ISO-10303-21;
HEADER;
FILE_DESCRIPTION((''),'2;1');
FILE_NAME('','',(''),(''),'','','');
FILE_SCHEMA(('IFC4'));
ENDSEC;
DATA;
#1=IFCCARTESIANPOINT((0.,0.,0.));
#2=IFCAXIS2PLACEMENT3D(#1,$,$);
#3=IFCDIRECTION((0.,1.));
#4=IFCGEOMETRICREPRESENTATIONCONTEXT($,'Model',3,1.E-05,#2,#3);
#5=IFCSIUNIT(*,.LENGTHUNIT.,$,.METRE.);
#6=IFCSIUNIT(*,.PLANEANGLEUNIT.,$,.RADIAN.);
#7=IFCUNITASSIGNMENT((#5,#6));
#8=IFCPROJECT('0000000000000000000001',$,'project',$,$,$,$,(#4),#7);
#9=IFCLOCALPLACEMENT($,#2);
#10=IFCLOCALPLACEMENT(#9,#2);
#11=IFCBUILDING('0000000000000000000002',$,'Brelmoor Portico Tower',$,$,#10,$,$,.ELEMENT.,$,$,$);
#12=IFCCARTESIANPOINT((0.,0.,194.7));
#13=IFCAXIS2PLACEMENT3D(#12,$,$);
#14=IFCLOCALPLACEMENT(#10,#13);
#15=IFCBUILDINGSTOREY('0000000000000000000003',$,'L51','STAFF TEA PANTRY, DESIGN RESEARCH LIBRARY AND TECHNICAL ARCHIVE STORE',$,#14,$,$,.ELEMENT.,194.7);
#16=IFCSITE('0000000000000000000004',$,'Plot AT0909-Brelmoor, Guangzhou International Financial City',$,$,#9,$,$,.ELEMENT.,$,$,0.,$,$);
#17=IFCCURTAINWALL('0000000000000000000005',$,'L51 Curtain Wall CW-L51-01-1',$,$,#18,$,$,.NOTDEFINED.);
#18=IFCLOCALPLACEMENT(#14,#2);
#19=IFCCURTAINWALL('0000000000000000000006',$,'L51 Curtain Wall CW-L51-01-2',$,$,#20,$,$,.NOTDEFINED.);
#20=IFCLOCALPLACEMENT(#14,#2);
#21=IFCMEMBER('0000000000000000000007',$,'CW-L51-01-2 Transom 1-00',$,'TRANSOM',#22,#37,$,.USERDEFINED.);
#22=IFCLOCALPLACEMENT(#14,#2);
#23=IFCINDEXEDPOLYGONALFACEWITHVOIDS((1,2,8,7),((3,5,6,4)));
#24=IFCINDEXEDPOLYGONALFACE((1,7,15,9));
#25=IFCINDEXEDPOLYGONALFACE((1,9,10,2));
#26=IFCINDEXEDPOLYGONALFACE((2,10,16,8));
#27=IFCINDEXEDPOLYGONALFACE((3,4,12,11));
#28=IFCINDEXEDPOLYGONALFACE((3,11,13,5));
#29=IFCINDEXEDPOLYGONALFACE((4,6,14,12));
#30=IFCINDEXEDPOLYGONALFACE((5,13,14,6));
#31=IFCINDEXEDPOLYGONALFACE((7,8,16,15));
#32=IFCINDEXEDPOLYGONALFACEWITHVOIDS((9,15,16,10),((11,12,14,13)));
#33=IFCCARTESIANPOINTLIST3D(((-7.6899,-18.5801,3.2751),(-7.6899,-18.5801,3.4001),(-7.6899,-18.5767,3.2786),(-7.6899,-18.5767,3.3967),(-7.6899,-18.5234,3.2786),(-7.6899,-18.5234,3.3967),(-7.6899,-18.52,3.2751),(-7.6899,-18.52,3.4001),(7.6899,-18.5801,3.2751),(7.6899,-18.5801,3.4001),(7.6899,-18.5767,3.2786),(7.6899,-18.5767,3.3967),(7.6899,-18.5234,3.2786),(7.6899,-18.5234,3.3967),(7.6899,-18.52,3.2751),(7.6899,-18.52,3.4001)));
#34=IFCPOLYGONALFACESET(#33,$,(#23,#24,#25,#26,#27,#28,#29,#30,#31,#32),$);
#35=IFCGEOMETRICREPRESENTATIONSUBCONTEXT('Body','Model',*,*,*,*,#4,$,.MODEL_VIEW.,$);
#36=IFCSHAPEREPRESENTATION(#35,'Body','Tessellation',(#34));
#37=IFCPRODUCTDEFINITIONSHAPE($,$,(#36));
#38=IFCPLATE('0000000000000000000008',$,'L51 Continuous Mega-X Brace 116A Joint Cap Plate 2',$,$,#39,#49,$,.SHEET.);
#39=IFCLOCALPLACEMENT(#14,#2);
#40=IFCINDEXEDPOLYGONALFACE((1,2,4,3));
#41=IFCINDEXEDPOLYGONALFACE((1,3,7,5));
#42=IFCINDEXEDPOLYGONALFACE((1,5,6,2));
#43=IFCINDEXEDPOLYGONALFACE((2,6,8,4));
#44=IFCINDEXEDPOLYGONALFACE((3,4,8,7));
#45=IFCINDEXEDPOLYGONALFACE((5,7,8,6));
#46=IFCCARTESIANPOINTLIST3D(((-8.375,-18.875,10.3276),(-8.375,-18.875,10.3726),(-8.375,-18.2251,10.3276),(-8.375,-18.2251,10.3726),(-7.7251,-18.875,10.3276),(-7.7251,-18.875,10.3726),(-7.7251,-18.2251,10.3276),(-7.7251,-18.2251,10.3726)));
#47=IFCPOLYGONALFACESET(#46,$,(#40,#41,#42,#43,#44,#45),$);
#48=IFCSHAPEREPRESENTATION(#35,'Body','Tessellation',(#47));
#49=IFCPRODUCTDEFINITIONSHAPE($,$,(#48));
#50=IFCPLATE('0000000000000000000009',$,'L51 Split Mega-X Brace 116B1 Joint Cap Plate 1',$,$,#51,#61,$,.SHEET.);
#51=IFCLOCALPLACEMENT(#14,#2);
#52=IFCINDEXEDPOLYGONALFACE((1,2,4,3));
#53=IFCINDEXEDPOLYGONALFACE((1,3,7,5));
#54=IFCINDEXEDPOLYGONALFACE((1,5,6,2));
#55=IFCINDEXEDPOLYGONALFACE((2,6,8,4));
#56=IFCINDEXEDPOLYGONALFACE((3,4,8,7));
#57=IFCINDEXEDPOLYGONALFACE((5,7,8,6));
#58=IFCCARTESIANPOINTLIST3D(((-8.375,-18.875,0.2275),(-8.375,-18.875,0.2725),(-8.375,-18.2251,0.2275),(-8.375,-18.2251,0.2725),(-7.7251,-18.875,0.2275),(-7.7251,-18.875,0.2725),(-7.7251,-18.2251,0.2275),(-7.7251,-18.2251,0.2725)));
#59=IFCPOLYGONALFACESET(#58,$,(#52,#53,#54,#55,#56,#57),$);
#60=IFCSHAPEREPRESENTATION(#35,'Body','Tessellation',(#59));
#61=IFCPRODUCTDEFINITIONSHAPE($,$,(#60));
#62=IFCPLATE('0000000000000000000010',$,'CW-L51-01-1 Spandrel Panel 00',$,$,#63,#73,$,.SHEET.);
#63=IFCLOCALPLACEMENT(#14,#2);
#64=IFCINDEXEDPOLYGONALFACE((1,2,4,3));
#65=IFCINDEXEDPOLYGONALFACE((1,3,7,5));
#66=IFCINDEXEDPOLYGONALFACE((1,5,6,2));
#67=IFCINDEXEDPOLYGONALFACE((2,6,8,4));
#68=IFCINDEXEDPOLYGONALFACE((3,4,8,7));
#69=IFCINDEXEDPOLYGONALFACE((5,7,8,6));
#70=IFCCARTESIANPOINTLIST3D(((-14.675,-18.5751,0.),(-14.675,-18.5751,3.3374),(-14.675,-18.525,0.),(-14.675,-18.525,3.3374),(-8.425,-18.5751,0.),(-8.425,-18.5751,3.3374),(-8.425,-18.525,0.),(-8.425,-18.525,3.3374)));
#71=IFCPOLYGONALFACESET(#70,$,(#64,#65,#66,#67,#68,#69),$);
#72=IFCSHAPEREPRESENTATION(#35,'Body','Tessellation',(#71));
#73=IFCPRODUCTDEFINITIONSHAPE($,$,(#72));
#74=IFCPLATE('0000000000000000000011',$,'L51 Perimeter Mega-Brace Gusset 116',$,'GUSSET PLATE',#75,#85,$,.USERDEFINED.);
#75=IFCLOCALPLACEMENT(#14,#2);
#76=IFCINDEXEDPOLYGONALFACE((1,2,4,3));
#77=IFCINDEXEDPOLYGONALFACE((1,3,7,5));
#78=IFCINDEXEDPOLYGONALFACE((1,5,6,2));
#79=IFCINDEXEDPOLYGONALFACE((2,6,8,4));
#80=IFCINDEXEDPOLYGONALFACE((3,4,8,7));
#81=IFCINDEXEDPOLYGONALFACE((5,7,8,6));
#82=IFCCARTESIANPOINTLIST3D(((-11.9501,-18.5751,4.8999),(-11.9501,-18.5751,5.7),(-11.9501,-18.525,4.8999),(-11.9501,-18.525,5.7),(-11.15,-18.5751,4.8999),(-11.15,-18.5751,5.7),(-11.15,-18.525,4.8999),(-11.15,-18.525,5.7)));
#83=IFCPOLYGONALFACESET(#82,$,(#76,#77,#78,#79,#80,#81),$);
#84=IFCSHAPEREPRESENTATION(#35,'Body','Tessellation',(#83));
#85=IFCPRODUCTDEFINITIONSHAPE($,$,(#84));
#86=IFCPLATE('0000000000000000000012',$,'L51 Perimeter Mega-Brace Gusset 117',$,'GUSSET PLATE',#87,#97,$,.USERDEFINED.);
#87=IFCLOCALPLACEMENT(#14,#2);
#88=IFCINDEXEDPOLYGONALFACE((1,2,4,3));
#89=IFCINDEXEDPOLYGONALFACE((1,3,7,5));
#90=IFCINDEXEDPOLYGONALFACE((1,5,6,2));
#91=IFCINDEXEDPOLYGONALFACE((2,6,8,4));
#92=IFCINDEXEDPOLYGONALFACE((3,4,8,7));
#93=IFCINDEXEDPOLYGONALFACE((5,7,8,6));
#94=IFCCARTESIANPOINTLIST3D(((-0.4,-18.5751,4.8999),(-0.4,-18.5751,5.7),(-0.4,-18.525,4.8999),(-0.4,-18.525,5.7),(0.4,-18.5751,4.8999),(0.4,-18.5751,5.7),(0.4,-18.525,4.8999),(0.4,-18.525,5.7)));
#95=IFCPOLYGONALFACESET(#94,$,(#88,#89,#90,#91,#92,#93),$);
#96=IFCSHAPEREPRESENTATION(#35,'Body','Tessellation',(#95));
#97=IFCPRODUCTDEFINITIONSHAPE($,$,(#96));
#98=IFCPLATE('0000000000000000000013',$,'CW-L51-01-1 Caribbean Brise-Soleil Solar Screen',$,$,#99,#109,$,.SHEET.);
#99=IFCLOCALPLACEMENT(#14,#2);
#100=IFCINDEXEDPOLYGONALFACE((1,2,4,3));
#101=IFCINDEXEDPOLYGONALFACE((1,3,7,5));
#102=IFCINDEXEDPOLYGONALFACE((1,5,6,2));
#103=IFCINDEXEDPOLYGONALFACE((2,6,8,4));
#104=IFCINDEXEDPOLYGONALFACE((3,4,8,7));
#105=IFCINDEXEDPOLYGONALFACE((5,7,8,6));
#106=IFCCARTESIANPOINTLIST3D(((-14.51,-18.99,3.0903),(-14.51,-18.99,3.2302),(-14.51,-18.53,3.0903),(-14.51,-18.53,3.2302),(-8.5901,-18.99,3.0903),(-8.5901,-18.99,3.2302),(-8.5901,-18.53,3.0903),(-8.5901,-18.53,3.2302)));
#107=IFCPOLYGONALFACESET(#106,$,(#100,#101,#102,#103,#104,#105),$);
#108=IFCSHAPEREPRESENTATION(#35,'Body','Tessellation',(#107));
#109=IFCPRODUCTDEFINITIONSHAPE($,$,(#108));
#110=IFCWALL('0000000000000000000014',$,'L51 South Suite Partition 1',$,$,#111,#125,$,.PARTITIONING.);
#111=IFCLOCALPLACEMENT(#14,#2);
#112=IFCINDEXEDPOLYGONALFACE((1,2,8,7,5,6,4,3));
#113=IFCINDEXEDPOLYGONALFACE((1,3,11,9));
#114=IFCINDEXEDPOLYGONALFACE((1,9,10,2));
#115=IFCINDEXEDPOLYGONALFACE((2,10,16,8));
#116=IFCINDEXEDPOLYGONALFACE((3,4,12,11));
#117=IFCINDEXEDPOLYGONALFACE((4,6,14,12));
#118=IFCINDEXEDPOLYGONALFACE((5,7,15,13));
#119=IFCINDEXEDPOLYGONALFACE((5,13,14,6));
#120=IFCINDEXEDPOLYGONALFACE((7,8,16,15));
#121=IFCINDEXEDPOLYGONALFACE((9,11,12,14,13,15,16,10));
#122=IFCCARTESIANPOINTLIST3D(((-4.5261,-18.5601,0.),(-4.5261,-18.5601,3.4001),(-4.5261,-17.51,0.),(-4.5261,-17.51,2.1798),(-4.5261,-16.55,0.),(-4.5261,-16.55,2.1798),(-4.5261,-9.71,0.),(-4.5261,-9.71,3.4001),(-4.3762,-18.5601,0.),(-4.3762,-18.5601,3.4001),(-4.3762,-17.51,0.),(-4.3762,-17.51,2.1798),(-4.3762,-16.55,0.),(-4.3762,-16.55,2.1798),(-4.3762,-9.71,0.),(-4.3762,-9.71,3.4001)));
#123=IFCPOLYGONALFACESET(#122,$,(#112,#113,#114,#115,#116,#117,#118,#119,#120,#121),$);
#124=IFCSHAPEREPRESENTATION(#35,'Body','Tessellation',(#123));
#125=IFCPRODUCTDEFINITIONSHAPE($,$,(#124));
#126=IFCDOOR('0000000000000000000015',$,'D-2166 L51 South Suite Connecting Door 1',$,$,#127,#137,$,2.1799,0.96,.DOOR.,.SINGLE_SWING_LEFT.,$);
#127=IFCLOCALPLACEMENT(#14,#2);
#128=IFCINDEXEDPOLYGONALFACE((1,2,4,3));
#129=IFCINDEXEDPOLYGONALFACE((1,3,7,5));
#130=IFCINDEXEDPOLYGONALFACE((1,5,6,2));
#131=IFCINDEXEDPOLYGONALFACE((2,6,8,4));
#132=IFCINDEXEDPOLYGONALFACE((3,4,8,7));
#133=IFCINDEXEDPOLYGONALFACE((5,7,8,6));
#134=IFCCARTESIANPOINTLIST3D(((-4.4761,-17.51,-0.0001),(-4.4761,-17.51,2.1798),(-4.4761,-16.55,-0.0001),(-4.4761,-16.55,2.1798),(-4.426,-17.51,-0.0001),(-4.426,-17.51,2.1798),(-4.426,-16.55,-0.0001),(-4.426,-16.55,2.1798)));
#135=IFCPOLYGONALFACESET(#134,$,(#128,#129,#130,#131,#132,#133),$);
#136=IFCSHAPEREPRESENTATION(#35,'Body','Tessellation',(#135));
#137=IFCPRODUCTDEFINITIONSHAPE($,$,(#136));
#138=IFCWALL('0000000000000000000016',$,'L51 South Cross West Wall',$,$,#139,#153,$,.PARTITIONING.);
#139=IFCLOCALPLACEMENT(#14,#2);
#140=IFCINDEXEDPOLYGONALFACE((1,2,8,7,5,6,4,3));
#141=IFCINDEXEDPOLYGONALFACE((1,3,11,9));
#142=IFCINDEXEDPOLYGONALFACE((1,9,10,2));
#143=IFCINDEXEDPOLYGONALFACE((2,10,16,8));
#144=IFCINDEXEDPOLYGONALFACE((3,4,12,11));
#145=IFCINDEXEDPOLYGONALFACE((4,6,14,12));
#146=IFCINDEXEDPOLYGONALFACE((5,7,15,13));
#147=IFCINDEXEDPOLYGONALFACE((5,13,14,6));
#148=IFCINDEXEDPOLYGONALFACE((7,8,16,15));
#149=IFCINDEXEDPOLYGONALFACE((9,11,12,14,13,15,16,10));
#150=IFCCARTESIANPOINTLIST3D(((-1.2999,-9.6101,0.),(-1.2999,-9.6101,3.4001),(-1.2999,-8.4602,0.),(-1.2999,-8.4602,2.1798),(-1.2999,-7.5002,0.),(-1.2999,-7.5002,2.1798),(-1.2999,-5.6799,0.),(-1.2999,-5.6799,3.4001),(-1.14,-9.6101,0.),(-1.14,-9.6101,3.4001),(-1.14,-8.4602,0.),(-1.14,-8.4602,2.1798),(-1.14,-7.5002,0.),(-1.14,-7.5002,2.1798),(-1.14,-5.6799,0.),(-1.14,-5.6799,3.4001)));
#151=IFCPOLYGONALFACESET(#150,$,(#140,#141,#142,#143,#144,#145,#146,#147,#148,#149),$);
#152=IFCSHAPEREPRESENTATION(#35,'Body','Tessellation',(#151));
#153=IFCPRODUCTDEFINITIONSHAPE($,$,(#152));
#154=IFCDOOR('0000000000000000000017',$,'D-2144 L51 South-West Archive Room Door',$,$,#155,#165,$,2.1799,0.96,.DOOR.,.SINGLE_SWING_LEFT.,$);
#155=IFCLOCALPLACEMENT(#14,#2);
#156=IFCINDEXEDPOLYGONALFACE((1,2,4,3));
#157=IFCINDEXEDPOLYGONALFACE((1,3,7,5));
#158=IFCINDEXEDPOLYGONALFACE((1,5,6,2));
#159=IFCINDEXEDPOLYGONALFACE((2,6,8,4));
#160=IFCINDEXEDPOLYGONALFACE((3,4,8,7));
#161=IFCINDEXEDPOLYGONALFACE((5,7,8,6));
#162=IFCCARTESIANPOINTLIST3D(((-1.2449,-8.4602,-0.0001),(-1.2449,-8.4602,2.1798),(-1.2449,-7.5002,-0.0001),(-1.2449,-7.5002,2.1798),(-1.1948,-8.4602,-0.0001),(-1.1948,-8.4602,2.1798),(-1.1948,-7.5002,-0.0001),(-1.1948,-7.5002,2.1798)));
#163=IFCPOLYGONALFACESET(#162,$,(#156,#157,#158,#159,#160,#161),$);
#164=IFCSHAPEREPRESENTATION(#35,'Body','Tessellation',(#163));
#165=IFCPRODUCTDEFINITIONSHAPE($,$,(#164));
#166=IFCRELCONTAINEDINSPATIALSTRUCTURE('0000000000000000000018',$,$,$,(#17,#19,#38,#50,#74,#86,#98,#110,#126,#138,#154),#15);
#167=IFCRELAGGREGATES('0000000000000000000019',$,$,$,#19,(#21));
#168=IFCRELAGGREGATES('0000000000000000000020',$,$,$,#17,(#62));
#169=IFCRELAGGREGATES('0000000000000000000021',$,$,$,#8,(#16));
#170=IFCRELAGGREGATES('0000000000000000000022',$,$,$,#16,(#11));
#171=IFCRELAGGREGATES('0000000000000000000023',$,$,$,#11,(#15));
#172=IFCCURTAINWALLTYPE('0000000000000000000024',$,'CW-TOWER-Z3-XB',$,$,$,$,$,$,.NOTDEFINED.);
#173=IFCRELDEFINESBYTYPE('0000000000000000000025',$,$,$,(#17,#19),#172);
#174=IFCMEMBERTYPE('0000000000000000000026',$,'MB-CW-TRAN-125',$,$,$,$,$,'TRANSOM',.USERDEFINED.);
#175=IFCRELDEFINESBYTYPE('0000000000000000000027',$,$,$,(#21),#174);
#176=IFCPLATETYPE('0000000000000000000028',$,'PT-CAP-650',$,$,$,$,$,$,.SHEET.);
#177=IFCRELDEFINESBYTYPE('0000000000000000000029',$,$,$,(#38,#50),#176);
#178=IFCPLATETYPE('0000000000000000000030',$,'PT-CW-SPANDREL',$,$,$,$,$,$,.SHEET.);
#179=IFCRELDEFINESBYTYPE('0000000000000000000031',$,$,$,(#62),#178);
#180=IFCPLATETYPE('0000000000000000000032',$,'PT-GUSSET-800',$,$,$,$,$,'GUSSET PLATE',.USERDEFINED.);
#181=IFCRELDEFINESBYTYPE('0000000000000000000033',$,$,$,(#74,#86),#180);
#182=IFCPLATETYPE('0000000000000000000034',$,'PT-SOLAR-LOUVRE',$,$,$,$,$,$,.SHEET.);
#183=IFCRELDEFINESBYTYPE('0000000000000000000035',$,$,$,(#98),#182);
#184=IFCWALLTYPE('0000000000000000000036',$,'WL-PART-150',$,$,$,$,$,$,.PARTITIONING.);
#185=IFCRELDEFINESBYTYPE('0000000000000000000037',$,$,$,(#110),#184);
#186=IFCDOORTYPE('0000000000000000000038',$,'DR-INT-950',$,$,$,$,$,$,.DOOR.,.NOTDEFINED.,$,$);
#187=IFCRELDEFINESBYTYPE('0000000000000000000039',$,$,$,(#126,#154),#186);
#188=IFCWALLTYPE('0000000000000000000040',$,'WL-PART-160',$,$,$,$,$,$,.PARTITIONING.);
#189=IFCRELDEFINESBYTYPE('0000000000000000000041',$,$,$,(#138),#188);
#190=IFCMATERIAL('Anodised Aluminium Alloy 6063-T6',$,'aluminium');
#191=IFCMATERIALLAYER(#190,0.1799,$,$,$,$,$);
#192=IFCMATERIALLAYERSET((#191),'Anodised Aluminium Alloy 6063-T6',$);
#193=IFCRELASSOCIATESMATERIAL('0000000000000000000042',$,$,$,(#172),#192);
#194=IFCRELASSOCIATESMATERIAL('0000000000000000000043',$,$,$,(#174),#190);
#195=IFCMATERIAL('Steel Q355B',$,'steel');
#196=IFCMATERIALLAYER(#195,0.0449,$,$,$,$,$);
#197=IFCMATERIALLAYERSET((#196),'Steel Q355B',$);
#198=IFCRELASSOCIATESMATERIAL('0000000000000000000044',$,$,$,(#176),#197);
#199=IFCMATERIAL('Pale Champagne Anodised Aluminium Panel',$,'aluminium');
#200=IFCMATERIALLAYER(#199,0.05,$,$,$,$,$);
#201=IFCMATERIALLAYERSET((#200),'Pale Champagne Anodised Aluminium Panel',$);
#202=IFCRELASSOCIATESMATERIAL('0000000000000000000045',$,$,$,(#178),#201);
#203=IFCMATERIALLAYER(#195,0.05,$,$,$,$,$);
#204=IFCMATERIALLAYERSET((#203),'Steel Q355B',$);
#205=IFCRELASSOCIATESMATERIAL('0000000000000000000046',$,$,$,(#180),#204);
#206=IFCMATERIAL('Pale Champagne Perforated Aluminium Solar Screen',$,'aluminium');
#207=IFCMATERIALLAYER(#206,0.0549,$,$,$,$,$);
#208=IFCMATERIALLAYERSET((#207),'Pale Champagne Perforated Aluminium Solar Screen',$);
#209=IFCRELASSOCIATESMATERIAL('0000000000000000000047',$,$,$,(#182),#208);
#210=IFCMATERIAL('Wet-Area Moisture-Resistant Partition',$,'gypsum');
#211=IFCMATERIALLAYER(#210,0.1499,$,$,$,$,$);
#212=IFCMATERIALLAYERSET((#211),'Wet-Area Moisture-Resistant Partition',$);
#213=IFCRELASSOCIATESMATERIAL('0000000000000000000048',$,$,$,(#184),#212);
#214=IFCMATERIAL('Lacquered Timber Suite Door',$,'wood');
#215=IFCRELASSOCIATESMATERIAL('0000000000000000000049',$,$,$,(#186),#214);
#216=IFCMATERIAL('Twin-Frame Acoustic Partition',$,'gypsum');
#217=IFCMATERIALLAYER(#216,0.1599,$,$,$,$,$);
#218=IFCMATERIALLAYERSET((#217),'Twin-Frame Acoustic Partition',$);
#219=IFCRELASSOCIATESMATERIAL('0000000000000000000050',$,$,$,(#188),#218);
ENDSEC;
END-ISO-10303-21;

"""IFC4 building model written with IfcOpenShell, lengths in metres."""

from ifc_helpers import new_model, si_unit, direction, frame, frame_2d, origin, origin_2d, place, context, subcontext, project, spatial, rectangle, hollow_rectangle, extrude, material, layer, layer_set, material_profile, profile_set, type_object, element, fill, aggregate, save


model = new_model("IFC4")

# Units and contexts
model_context = context("Model", 3, precision=1e-05, world=origin(), true_north=direction((0.0, 1.0)))
body_context = subcontext(model_context, "Body", "Model", "MODEL_VIEW")
ifc_project = project(units=[si_unit("LENGTHUNIT", "METRE"), si_unit("PLANEANGLEUNIT", "RADIAN")], contexts=[model_context])

# Site, building, storey
site_placement = place(None, origin())
site = spatial("IfcSite", under=ifc_project, at=site_placement, Name="Plot AT0909-Brelmoor, Guangzhou International Financial City", CompositionType="ELEMENT", RefElevation=0.0)
building_placement = place(site_placement, origin())
building = spatial("IfcBuilding", under=site, at=building_placement, Name="Brelmoor Portico Tower", CompositionType="ELEMENT")
storey_placement = place(building_placement, frame((0.0, 0.0, 194.7)))
storey = spatial("IfcBuildingStorey", under=building, at=storey_placement, Name="L51", Description="STAFF TEA PANTRY, DESIGN RESEARCH LIBRARY AND TECHNICAL ARCHIVE STORE", CompositionType="ELEMENT", Elevation=194.7)

# Shared definitions
ifc_material_1 = material(Name="Steel Q355B", Category="steel")

# Curtain wall
ifc_material_2 = material(Name="Anodised Aluminium Alloy 6063-T6", Category="aluminium")
ifc_layer_1 = layer(ifc_material_2, 0.1799)
ifc_layer_set_1 = layer_set([ifc_layer_1], Name="Anodised Aluminium Alloy 6063-T6")
curtain_wall_type = type_object("IfcCurtainWallType", Name="CW-TOWER-Z3-XB", PredefinedType="NOTDEFINED", material=ifc_layer_set_1)
curtain_wall_1_placement = place(storey_placement, origin())
curtain_wall_1 = element("IfcCurtainWall", 1, at=curtain_wall_1_placement, inside=storey, type_object=curtain_wall_type, Name="L51 Curtain Wall CW-L51-01-1", PredefinedType="NOTDEFINED")

# Curtain wall, member
curtain_wall_2_placement = place(storey_placement, origin())
curtain_wall_2 = element("IfcCurtainWall", 2, at=curtain_wall_2_placement, inside=storey, type_object=curtain_wall_type, Name="L51 Curtain Wall CW-L51-01-2", PredefinedType="NOTDEFINED")
ifc_material_profile_1 = material_profile(ifc_material_2, hollow_rectangle(XDim=0.0601, YDim=0.125, WallThickness=0.0034, at=origin_2d()), Name="ALU TRANSOM 60x125")
ifc_profile_set_1 = profile_set([ifc_material_profile_1], Name="Anodised Aluminium Alloy 6063-T6")
member_type_1 = type_object("IfcMemberType", Name="MB-CW-TRAN-125", ElementType="TRANSOM", PredefinedType="USERDEFINED", material=ifc_profile_set_1)
member_1_placement = place(storey_placement, frame((-7.6899, -18.55, 3.3376), z_axis=(1.0, 0.0, 0.0), x_axis=(0.0, 1.0, 0.0)))
member_1 = element("IfcMember", 3, at=member_1_placement, type_object=member_type_1, Name="CW-L51-01-2 Transom 1-00", ObjectType="TRANSOM", PredefinedType="USERDEFINED", context=body_context, shape_type="SweptSolid", body=[
    extrude(hollow_rectangle(XDim=0.0601, YDim=0.125, WallThickness=0.0034, at=origin_2d()), origin(), (0.0, 0.0, 1.0), 15.3799),
])
aggregate(curtain_wall_2, [member_1])

# Plates
ifc_layer_2 = layer(ifc_material_1, 0.0449)
ifc_layer_set_2 = layer_set([ifc_layer_2], Name="Steel Q355B")
plate_type_1 = type_object("IfcPlateType", Name="PT-CAP-650", PredefinedType="SHEET", material=ifc_layer_set_2)
for number, where, z_axis, x_axis, name in (
    (4, (-8.05, -18.55, 10.3276), (0.0, 0.0, 1.0), (1.0, 0.0, 0.0), "L51 Continuous Mega-X Brace 116A Joint Cap Plate 2"),
    (5, (-8.05, -18.55, 0.2275), (0.0, 0.0, 1.0), (1.0, 0.0, 0.0), "L51 Split Mega-X Brace 116B1 Joint Cap Plate 1"),
):
    element("IfcPlate", number, at=place(storey_placement, frame(where, z_axis=z_axis, x_axis=x_axis)), inside=storey, type_object=plate_type_1, Name=name, PredefinedType="SHEET", context=body_context, shape_type="SweptSolid", body=[
        extrude(rectangle(XDim=0.6499, YDim=0.6499, at=origin_2d()), origin(), (0.0, 0.0, 1.0), 0.0449),
    ])

# Plate
ifc_material_3 = material(Name="Pale Champagne Anodised Aluminium Panel", Category="aluminium")
ifc_layer_3 = layer(ifc_material_3, 0.05)
ifc_layer_set_3 = layer_set([ifc_layer_3], Name="Pale Champagne Anodised Aluminium Panel")
plate_type_2 = type_object("IfcPlateType", Name="PT-CW-SPANDREL", PredefinedType="SHEET", material=ifc_layer_set_3)
plate_1_placement = place(storey_placement, frame((-11.55, -18.55, 0.0), z_axis=(0.0, 0.0, 1.0), x_axis=(1.0, 0.0, 0.0)))
plate_1 = element("IfcPlate", 6, at=plate_1_placement, type_object=plate_type_2, Name="CW-L51-01-1 Spandrel Panel 00", PredefinedType="SHEET", context=body_context, shape_type="SweptSolid", body=[
    extrude(rectangle(XDim=6.25, YDim=0.05, at=origin_2d()), origin(), (0.0, 0.0, 1.0), 3.3374),
])
aggregate(curtain_wall_1, [plate_1])

# Plates
ifc_layer_4 = layer(ifc_material_1, 0.05)
ifc_layer_set_4 = layer_set([ifc_layer_4], Name="Steel Q355B")
plate_type_3 = type_object("IfcPlateType", Name="PT-GUSSET-800", ElementType="GUSSET PLATE", PredefinedType="USERDEFINED", material=ifc_layer_set_4)
for number, where, z_axis, x_axis, name in (
    (7, (-11.55, -18.55, 4.8999), (0.0, 0.0, 1.0), (1.0, 0.0, 0.0), "L51 Perimeter Mega-Brace Gusset 116"),
    (8, (0.0, -18.55, 4.8999), (0.0, 0.0, 1.0), (1.0, 0.0, 0.0), "L51 Perimeter Mega-Brace Gusset 117"),
):
    element("IfcPlate", number, at=place(storey_placement, frame(where, z_axis=z_axis, x_axis=x_axis)), inside=storey, type_object=plate_type_3, Name=name, ObjectType="GUSSET PLATE", PredefinedType="USERDEFINED", context=body_context, shape_type="SweptSolid", body=[
        extrude(rectangle(XDim=0.8, YDim=0.05, at=origin_2d()), origin(), (0.0, 0.0, 1.0), 0.8),
    ])
ifc_material_4 = material(Name="Pale Champagne Perforated Aluminium Solar Screen", Category="aluminium")
ifc_layer_5 = layer(ifc_material_4, 0.0549)
ifc_layer_set_5 = layer_set([ifc_layer_5], Name="Pale Champagne Perforated Aluminium Solar Screen")
plate_type_4 = type_object("IfcPlateType", Name="PT-SOLAR-LOUVRE", PredefinedType="SHEET", material=ifc_layer_set_5)
plate_2_placement = place(storey_placement, frame((-11.55, -18.76, 3.0903), z_axis=(0.0, 0.0, 1.0), x_axis=(1.0, 0.0, 0.0)))
element("IfcPlate", 9, at=plate_2_placement, inside=storey, type_object=plate_type_4, Name="CW-L51-01-1 Caribbean Brise-Soleil Solar Screen", PredefinedType="SHEET", context=body_context, shape_type="SweptSolid", body=[
    extrude(rectangle(XDim=5.9199, YDim=0.46, at=origin_2d()), origin(), (0.0, 0.0, 1.0), 0.1399),
])

# Walls, openings, doors
ifc_material_5 = material(Name="Wet-Area Moisture-Resistant Partition", Category="gypsum")
ifc_layer_6 = layer(ifc_material_5, 0.1499)
ifc_layer_set_6 = layer_set([ifc_layer_6], Name="Wet-Area Moisture-Resistant Partition")
wall_type_1 = type_object("IfcWallType", Name="WL-PART-150", PredefinedType="PARTITIONING", material=ifc_layer_set_6)
wall_1_placement = place(storey_placement, frame((-4.4512, -18.5601, 0.0), z_axis=(0.0, 0.0, 1.0), x_axis=(0.0, 1.0, 0.0)))
wall_1 = element("IfcWall", 10, at=wall_1_placement, inside=storey, type_object=wall_type_1, Name="L51 South Suite Partition 1", PredefinedType="PARTITIONING", context=body_context, shape_type="SweptSolid", body=[
    extrude(rectangle(XDim=8.8501, YDim=0.1499, at=frame_2d((4.425, 0.0))), origin(), (0.0, 0.0, 1.0), 3.4001),
])
opening_1_placement = place(wall_1_placement, frame((1.05, 0.0, 0.0)))
opening_1 = element("IfcOpeningElement", 11, at=opening_1_placement, cuts=wall_1, PredefinedType="OPENING", context=body_context, shape_type="SweptSolid", body=[
    extrude(rectangle(XDim=0.96, YDim=2.1799, at=frame_2d((0.48, 1.0898))), frame((0.0, 0.085, 0.0), z_axis=(0.0, -1.0, 0.0), x_axis=(1.0, 0.0, 0.0)), (0.0, 0.0, 1.0), 0.1699),
])
ifc_material_6 = material(Name="Lacquered Timber Suite Door", Category="wood")
door_type_1 = type_object("IfcDoorType", Name="DR-INT-950", OperationType="NOTDEFINED", PredefinedType="DOOR", material=ifc_material_6)
door_1_placement = place(opening_1_placement, origin())
door_1 = element("IfcDoor", 12, at=door_1_placement, inside=storey, type_object=door_type_1, Name="D-2166 L51 South Suite Connecting Door 1", OperationType="SINGLE_SWING_LEFT", OverallHeight=2.1799, OverallWidth=0.96, PredefinedType="DOOR", context=body_context, shape_type="SweptSolid", body=[
    extrude(rectangle(XDim=0.96, YDim=2.1799, at=frame_2d((0.48, 1.0898))), frame((0.0, 0.0249, 0.0), z_axis=(0.0, -1.0, 0.0), x_axis=(1.0, 0.0, 0.0)), (0.0, 0.0, 1.0), 0.05),
])
fill(opening_1, door_1)
ifc_material_7 = material(Name="Twin-Frame Acoustic Partition", Category="gypsum")
ifc_layer_7 = layer(ifc_material_7, 0.1599)
ifc_layer_set_7 = layer_set([ifc_layer_7], Name="Twin-Frame Acoustic Partition")
wall_type_2 = type_object("IfcWallType", Name="WL-PART-160", PredefinedType="PARTITIONING", material=ifc_layer_set_7)
wall_2_placement = place(storey_placement, frame((-1.22, -9.6101, 0.0), z_axis=(0.0, 0.0, 1.0), x_axis=(0.0, 1.0, 0.0)))
wall_2 = element("IfcWall", 13, at=wall_2_placement, inside=storey, type_object=wall_type_2, Name="L51 South Cross West Wall", PredefinedType="PARTITIONING", context=body_context, shape_type="SweptSolid", body=[
    extrude(rectangle(XDim=3.9302, YDim=0.1599, at=frame_2d((1.9651, 0.0))), origin(), (0.0, 0.0, 1.0), 3.4001),
])
opening_2_placement = place(wall_2_placement, frame((1.1499, 0.0, 0.0)))
opening_2 = element("IfcOpeningElement", 14, at=opening_2_placement, cuts=wall_2, PredefinedType="OPENING", context=body_context, shape_type="SweptSolid", body=[
    extrude(rectangle(XDim=0.96, YDim=2.1799, at=frame_2d((0.48, 1.0898))), frame((0.0, 0.0898, 0.0), z_axis=(0.0, -1.0, 0.0), x_axis=(1.0, 0.0, 0.0)), (0.0, 0.0, 1.0), 0.1799),
])
door_2_placement = place(opening_2_placement, origin())
door_2 = element("IfcDoor", 15, at=door_2_placement, inside=storey, type_object=door_type_1, Name="D-2144 L51 South-West Archive Room Door", OperationType="SINGLE_SWING_LEFT", OverallHeight=2.1799, OverallWidth=0.96, PredefinedType="DOOR", context=body_context, shape_type="SweptSolid", body=[
    extrude(rectangle(XDim=0.96, YDim=2.1799, at=frame_2d((0.48, 1.0898))), frame((0.0, 0.0249, 0.0), z_axis=(0.0, -1.0, 0.0), x_axis=(1.0, 0.0, 0.0)), (0.0, 0.0, 1.0), 0.05),
])
fill(opening_2, door_2)

save(model, "model.ifc")
